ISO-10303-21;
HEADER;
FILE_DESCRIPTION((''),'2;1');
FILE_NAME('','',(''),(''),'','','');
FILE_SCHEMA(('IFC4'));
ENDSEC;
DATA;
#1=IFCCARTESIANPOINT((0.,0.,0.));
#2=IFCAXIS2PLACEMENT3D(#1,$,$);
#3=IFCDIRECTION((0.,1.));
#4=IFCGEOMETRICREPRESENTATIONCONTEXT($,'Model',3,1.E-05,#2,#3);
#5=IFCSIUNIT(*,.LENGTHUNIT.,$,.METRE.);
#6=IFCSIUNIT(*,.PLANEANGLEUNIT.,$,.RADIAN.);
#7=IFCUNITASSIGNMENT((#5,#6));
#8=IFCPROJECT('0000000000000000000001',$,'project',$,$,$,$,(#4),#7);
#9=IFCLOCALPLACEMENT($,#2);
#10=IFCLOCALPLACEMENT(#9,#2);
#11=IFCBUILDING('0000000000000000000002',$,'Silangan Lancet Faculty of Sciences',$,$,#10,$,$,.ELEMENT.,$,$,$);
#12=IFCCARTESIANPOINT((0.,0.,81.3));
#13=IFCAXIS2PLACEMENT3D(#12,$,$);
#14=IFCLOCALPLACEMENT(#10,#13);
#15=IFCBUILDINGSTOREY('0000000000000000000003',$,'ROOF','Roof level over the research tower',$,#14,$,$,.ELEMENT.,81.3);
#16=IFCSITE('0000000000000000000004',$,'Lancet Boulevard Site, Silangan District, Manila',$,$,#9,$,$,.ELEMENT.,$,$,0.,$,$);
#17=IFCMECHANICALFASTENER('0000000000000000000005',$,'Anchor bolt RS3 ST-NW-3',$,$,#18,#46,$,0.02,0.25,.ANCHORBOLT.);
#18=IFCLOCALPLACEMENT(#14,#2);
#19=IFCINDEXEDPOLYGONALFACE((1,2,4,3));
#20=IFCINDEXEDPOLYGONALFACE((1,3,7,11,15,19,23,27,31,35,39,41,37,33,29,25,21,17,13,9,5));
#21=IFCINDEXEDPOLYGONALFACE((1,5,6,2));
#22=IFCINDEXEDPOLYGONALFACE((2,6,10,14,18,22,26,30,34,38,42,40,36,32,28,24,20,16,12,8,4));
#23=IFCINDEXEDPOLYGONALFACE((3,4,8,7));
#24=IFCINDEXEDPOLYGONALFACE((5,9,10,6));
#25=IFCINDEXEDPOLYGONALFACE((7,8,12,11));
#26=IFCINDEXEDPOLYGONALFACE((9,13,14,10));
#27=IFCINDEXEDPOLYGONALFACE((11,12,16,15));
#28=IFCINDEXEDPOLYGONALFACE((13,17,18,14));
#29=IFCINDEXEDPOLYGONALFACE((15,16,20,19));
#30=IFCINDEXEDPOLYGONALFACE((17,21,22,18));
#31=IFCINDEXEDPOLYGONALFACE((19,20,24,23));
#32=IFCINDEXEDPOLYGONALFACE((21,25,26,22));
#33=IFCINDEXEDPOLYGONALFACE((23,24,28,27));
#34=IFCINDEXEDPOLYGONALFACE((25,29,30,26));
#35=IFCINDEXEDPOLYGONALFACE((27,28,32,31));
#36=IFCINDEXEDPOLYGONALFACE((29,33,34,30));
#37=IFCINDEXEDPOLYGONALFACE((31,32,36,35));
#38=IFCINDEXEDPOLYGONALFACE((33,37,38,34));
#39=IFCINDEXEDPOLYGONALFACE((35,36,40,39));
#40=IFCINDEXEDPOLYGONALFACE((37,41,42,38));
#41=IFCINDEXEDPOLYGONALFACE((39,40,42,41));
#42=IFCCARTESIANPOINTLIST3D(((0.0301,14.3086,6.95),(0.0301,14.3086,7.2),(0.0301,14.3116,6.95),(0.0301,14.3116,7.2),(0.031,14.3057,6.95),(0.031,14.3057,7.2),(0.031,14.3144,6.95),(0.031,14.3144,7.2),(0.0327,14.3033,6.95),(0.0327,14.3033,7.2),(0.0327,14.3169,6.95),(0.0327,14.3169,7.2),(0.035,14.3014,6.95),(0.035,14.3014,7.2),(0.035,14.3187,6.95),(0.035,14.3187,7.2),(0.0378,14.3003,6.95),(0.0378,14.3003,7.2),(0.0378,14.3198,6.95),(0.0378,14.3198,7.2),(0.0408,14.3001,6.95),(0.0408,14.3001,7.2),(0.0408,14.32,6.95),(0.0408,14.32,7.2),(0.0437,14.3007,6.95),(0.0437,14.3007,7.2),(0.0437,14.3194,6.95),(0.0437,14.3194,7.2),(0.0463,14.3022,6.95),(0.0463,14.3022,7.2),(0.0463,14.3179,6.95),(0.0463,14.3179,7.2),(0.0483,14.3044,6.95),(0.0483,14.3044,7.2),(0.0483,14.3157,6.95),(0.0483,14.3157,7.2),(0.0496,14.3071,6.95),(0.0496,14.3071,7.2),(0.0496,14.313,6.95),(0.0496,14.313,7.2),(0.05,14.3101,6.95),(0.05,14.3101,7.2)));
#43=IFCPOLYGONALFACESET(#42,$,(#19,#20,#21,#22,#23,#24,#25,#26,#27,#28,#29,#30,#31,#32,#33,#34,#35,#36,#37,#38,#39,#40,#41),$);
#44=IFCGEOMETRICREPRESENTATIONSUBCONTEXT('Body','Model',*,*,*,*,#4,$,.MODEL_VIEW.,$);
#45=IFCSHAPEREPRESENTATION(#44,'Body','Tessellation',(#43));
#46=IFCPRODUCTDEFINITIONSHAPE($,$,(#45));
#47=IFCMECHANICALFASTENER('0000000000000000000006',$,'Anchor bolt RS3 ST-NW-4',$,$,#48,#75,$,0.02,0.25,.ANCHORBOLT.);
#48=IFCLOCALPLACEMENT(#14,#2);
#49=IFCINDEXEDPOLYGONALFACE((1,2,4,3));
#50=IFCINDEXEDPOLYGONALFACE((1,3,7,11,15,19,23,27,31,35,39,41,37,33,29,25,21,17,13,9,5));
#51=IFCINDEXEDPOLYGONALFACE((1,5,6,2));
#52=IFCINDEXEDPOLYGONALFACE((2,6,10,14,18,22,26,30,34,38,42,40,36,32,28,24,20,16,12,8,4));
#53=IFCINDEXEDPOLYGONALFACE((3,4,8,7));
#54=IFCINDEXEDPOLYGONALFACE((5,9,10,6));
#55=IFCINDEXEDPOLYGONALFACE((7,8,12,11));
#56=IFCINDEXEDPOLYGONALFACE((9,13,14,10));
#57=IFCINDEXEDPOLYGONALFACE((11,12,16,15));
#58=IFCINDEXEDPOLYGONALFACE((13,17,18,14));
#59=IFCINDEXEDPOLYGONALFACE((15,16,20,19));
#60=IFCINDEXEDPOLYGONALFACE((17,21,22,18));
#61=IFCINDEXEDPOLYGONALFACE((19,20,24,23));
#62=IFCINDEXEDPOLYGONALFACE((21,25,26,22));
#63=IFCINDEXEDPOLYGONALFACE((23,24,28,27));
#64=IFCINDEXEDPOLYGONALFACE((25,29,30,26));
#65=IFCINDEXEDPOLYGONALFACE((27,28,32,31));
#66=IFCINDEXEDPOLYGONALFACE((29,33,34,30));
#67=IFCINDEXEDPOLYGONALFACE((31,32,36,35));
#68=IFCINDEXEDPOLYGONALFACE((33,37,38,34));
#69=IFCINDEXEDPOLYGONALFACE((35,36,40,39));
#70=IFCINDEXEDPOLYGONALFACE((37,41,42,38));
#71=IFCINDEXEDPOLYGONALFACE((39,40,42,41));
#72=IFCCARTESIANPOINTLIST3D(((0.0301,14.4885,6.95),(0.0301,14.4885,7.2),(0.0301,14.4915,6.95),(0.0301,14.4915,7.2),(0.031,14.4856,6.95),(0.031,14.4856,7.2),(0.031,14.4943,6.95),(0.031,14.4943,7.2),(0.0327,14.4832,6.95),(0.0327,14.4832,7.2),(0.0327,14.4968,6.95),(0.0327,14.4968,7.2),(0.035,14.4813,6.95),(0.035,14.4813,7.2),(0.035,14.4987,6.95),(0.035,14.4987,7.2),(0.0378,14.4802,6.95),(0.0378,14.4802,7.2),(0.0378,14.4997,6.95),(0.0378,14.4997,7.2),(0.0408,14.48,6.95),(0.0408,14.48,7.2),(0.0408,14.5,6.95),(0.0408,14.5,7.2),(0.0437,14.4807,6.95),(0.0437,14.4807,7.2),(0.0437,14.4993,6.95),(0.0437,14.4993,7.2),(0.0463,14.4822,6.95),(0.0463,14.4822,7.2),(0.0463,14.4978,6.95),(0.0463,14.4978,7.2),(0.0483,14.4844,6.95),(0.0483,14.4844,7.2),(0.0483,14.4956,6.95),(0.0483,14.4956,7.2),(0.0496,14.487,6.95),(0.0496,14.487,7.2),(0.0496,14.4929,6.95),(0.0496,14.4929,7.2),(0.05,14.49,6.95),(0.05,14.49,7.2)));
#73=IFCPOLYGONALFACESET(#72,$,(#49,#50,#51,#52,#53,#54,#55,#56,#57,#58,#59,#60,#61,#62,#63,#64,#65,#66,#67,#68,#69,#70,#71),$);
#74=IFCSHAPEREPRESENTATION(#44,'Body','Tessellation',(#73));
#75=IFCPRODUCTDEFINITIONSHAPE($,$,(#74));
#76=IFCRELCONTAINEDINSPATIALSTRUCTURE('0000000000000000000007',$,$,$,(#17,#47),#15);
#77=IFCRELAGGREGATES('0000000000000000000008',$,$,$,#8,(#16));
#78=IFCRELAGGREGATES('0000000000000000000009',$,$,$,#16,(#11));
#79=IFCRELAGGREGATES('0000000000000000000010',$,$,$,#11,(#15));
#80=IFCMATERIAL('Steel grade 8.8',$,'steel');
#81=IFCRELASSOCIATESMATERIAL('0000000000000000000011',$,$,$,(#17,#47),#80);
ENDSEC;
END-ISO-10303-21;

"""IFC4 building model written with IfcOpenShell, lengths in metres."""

from ifc_helpers import new_model, si_unit, direction, frame, origin, origin_2d, place, context, subcontext, project, spatial, circle, extrude, material, element, save


model = new_model("IFC4")

# Units and contexts
model_context = context("Model", 3, precision=1e-05, world=origin(), true_north=direction((0.0, 1.0)))
body_context = subcontext(model_context, "Body", "Model", "MODEL_VIEW")
ifc_project = project(units=[si_unit("LENGTHUNIT", "METRE"), si_unit("PLANEANGLEUNIT", "RADIAN")], contexts=[model_context])

# Site, building, storey
site_placement = place(None, origin())
site = spatial("IfcSite", under=ifc_project, at=site_placement, Name="Lancet Boulevard Site, Silangan District, Manila", CompositionType="ELEMENT", RefElevation=0.0)
building_placement = place(site_placement, origin())
building = spatial("IfcBuilding", under=site, at=building_placement, Name="Silangan Lancet Faculty of Sciences", CompositionType="ELEMENT")
storey_placement = place(building_placement, frame((0.0, 0.0, 81.3)))
storey = spatial("IfcBuildingStorey", under=building, at=storey_placement, Name="ROOF", Description="Roof level over the research tower", CompositionType="ELEMENT", Elevation=81.3)

# Shared definitions
ifc_material_1 = material(Name="Steel grade 8.8", Category="steel")

# Mechanical fasteners
for number, where, z_axis, x_axis, name in (
    (1, (0.04, 14.3101, 6.95), (0.0, 0.0, 1.0), (1.0, 0.0, 0.0), "Anchor bolt RS3 ST-NW-3"),
    (2, (0.04, 14.49, 6.95), (0.0, 0.0, 1.0), (1.0, 0.0, 0.0), "Anchor bolt RS3 ST-NW-4"),
):
    element("IfcMechanicalFastener", number, at=place(storey_placement, frame(where, z_axis=z_axis, x_axis=x_axis)), inside=storey, material=ifc_material_1, Name=name, NominalDiameter=0.02, NominalLength=0.25, PredefinedType="ANCHORBOLT", context=body_context, shape_type="SweptSolid", body=[
        extrude(circle(Radius=0.01, at=origin_2d()), origin(), (0.0, 0.0, 1.0), 0.25),
    ])

save(model, "model.ifc")
